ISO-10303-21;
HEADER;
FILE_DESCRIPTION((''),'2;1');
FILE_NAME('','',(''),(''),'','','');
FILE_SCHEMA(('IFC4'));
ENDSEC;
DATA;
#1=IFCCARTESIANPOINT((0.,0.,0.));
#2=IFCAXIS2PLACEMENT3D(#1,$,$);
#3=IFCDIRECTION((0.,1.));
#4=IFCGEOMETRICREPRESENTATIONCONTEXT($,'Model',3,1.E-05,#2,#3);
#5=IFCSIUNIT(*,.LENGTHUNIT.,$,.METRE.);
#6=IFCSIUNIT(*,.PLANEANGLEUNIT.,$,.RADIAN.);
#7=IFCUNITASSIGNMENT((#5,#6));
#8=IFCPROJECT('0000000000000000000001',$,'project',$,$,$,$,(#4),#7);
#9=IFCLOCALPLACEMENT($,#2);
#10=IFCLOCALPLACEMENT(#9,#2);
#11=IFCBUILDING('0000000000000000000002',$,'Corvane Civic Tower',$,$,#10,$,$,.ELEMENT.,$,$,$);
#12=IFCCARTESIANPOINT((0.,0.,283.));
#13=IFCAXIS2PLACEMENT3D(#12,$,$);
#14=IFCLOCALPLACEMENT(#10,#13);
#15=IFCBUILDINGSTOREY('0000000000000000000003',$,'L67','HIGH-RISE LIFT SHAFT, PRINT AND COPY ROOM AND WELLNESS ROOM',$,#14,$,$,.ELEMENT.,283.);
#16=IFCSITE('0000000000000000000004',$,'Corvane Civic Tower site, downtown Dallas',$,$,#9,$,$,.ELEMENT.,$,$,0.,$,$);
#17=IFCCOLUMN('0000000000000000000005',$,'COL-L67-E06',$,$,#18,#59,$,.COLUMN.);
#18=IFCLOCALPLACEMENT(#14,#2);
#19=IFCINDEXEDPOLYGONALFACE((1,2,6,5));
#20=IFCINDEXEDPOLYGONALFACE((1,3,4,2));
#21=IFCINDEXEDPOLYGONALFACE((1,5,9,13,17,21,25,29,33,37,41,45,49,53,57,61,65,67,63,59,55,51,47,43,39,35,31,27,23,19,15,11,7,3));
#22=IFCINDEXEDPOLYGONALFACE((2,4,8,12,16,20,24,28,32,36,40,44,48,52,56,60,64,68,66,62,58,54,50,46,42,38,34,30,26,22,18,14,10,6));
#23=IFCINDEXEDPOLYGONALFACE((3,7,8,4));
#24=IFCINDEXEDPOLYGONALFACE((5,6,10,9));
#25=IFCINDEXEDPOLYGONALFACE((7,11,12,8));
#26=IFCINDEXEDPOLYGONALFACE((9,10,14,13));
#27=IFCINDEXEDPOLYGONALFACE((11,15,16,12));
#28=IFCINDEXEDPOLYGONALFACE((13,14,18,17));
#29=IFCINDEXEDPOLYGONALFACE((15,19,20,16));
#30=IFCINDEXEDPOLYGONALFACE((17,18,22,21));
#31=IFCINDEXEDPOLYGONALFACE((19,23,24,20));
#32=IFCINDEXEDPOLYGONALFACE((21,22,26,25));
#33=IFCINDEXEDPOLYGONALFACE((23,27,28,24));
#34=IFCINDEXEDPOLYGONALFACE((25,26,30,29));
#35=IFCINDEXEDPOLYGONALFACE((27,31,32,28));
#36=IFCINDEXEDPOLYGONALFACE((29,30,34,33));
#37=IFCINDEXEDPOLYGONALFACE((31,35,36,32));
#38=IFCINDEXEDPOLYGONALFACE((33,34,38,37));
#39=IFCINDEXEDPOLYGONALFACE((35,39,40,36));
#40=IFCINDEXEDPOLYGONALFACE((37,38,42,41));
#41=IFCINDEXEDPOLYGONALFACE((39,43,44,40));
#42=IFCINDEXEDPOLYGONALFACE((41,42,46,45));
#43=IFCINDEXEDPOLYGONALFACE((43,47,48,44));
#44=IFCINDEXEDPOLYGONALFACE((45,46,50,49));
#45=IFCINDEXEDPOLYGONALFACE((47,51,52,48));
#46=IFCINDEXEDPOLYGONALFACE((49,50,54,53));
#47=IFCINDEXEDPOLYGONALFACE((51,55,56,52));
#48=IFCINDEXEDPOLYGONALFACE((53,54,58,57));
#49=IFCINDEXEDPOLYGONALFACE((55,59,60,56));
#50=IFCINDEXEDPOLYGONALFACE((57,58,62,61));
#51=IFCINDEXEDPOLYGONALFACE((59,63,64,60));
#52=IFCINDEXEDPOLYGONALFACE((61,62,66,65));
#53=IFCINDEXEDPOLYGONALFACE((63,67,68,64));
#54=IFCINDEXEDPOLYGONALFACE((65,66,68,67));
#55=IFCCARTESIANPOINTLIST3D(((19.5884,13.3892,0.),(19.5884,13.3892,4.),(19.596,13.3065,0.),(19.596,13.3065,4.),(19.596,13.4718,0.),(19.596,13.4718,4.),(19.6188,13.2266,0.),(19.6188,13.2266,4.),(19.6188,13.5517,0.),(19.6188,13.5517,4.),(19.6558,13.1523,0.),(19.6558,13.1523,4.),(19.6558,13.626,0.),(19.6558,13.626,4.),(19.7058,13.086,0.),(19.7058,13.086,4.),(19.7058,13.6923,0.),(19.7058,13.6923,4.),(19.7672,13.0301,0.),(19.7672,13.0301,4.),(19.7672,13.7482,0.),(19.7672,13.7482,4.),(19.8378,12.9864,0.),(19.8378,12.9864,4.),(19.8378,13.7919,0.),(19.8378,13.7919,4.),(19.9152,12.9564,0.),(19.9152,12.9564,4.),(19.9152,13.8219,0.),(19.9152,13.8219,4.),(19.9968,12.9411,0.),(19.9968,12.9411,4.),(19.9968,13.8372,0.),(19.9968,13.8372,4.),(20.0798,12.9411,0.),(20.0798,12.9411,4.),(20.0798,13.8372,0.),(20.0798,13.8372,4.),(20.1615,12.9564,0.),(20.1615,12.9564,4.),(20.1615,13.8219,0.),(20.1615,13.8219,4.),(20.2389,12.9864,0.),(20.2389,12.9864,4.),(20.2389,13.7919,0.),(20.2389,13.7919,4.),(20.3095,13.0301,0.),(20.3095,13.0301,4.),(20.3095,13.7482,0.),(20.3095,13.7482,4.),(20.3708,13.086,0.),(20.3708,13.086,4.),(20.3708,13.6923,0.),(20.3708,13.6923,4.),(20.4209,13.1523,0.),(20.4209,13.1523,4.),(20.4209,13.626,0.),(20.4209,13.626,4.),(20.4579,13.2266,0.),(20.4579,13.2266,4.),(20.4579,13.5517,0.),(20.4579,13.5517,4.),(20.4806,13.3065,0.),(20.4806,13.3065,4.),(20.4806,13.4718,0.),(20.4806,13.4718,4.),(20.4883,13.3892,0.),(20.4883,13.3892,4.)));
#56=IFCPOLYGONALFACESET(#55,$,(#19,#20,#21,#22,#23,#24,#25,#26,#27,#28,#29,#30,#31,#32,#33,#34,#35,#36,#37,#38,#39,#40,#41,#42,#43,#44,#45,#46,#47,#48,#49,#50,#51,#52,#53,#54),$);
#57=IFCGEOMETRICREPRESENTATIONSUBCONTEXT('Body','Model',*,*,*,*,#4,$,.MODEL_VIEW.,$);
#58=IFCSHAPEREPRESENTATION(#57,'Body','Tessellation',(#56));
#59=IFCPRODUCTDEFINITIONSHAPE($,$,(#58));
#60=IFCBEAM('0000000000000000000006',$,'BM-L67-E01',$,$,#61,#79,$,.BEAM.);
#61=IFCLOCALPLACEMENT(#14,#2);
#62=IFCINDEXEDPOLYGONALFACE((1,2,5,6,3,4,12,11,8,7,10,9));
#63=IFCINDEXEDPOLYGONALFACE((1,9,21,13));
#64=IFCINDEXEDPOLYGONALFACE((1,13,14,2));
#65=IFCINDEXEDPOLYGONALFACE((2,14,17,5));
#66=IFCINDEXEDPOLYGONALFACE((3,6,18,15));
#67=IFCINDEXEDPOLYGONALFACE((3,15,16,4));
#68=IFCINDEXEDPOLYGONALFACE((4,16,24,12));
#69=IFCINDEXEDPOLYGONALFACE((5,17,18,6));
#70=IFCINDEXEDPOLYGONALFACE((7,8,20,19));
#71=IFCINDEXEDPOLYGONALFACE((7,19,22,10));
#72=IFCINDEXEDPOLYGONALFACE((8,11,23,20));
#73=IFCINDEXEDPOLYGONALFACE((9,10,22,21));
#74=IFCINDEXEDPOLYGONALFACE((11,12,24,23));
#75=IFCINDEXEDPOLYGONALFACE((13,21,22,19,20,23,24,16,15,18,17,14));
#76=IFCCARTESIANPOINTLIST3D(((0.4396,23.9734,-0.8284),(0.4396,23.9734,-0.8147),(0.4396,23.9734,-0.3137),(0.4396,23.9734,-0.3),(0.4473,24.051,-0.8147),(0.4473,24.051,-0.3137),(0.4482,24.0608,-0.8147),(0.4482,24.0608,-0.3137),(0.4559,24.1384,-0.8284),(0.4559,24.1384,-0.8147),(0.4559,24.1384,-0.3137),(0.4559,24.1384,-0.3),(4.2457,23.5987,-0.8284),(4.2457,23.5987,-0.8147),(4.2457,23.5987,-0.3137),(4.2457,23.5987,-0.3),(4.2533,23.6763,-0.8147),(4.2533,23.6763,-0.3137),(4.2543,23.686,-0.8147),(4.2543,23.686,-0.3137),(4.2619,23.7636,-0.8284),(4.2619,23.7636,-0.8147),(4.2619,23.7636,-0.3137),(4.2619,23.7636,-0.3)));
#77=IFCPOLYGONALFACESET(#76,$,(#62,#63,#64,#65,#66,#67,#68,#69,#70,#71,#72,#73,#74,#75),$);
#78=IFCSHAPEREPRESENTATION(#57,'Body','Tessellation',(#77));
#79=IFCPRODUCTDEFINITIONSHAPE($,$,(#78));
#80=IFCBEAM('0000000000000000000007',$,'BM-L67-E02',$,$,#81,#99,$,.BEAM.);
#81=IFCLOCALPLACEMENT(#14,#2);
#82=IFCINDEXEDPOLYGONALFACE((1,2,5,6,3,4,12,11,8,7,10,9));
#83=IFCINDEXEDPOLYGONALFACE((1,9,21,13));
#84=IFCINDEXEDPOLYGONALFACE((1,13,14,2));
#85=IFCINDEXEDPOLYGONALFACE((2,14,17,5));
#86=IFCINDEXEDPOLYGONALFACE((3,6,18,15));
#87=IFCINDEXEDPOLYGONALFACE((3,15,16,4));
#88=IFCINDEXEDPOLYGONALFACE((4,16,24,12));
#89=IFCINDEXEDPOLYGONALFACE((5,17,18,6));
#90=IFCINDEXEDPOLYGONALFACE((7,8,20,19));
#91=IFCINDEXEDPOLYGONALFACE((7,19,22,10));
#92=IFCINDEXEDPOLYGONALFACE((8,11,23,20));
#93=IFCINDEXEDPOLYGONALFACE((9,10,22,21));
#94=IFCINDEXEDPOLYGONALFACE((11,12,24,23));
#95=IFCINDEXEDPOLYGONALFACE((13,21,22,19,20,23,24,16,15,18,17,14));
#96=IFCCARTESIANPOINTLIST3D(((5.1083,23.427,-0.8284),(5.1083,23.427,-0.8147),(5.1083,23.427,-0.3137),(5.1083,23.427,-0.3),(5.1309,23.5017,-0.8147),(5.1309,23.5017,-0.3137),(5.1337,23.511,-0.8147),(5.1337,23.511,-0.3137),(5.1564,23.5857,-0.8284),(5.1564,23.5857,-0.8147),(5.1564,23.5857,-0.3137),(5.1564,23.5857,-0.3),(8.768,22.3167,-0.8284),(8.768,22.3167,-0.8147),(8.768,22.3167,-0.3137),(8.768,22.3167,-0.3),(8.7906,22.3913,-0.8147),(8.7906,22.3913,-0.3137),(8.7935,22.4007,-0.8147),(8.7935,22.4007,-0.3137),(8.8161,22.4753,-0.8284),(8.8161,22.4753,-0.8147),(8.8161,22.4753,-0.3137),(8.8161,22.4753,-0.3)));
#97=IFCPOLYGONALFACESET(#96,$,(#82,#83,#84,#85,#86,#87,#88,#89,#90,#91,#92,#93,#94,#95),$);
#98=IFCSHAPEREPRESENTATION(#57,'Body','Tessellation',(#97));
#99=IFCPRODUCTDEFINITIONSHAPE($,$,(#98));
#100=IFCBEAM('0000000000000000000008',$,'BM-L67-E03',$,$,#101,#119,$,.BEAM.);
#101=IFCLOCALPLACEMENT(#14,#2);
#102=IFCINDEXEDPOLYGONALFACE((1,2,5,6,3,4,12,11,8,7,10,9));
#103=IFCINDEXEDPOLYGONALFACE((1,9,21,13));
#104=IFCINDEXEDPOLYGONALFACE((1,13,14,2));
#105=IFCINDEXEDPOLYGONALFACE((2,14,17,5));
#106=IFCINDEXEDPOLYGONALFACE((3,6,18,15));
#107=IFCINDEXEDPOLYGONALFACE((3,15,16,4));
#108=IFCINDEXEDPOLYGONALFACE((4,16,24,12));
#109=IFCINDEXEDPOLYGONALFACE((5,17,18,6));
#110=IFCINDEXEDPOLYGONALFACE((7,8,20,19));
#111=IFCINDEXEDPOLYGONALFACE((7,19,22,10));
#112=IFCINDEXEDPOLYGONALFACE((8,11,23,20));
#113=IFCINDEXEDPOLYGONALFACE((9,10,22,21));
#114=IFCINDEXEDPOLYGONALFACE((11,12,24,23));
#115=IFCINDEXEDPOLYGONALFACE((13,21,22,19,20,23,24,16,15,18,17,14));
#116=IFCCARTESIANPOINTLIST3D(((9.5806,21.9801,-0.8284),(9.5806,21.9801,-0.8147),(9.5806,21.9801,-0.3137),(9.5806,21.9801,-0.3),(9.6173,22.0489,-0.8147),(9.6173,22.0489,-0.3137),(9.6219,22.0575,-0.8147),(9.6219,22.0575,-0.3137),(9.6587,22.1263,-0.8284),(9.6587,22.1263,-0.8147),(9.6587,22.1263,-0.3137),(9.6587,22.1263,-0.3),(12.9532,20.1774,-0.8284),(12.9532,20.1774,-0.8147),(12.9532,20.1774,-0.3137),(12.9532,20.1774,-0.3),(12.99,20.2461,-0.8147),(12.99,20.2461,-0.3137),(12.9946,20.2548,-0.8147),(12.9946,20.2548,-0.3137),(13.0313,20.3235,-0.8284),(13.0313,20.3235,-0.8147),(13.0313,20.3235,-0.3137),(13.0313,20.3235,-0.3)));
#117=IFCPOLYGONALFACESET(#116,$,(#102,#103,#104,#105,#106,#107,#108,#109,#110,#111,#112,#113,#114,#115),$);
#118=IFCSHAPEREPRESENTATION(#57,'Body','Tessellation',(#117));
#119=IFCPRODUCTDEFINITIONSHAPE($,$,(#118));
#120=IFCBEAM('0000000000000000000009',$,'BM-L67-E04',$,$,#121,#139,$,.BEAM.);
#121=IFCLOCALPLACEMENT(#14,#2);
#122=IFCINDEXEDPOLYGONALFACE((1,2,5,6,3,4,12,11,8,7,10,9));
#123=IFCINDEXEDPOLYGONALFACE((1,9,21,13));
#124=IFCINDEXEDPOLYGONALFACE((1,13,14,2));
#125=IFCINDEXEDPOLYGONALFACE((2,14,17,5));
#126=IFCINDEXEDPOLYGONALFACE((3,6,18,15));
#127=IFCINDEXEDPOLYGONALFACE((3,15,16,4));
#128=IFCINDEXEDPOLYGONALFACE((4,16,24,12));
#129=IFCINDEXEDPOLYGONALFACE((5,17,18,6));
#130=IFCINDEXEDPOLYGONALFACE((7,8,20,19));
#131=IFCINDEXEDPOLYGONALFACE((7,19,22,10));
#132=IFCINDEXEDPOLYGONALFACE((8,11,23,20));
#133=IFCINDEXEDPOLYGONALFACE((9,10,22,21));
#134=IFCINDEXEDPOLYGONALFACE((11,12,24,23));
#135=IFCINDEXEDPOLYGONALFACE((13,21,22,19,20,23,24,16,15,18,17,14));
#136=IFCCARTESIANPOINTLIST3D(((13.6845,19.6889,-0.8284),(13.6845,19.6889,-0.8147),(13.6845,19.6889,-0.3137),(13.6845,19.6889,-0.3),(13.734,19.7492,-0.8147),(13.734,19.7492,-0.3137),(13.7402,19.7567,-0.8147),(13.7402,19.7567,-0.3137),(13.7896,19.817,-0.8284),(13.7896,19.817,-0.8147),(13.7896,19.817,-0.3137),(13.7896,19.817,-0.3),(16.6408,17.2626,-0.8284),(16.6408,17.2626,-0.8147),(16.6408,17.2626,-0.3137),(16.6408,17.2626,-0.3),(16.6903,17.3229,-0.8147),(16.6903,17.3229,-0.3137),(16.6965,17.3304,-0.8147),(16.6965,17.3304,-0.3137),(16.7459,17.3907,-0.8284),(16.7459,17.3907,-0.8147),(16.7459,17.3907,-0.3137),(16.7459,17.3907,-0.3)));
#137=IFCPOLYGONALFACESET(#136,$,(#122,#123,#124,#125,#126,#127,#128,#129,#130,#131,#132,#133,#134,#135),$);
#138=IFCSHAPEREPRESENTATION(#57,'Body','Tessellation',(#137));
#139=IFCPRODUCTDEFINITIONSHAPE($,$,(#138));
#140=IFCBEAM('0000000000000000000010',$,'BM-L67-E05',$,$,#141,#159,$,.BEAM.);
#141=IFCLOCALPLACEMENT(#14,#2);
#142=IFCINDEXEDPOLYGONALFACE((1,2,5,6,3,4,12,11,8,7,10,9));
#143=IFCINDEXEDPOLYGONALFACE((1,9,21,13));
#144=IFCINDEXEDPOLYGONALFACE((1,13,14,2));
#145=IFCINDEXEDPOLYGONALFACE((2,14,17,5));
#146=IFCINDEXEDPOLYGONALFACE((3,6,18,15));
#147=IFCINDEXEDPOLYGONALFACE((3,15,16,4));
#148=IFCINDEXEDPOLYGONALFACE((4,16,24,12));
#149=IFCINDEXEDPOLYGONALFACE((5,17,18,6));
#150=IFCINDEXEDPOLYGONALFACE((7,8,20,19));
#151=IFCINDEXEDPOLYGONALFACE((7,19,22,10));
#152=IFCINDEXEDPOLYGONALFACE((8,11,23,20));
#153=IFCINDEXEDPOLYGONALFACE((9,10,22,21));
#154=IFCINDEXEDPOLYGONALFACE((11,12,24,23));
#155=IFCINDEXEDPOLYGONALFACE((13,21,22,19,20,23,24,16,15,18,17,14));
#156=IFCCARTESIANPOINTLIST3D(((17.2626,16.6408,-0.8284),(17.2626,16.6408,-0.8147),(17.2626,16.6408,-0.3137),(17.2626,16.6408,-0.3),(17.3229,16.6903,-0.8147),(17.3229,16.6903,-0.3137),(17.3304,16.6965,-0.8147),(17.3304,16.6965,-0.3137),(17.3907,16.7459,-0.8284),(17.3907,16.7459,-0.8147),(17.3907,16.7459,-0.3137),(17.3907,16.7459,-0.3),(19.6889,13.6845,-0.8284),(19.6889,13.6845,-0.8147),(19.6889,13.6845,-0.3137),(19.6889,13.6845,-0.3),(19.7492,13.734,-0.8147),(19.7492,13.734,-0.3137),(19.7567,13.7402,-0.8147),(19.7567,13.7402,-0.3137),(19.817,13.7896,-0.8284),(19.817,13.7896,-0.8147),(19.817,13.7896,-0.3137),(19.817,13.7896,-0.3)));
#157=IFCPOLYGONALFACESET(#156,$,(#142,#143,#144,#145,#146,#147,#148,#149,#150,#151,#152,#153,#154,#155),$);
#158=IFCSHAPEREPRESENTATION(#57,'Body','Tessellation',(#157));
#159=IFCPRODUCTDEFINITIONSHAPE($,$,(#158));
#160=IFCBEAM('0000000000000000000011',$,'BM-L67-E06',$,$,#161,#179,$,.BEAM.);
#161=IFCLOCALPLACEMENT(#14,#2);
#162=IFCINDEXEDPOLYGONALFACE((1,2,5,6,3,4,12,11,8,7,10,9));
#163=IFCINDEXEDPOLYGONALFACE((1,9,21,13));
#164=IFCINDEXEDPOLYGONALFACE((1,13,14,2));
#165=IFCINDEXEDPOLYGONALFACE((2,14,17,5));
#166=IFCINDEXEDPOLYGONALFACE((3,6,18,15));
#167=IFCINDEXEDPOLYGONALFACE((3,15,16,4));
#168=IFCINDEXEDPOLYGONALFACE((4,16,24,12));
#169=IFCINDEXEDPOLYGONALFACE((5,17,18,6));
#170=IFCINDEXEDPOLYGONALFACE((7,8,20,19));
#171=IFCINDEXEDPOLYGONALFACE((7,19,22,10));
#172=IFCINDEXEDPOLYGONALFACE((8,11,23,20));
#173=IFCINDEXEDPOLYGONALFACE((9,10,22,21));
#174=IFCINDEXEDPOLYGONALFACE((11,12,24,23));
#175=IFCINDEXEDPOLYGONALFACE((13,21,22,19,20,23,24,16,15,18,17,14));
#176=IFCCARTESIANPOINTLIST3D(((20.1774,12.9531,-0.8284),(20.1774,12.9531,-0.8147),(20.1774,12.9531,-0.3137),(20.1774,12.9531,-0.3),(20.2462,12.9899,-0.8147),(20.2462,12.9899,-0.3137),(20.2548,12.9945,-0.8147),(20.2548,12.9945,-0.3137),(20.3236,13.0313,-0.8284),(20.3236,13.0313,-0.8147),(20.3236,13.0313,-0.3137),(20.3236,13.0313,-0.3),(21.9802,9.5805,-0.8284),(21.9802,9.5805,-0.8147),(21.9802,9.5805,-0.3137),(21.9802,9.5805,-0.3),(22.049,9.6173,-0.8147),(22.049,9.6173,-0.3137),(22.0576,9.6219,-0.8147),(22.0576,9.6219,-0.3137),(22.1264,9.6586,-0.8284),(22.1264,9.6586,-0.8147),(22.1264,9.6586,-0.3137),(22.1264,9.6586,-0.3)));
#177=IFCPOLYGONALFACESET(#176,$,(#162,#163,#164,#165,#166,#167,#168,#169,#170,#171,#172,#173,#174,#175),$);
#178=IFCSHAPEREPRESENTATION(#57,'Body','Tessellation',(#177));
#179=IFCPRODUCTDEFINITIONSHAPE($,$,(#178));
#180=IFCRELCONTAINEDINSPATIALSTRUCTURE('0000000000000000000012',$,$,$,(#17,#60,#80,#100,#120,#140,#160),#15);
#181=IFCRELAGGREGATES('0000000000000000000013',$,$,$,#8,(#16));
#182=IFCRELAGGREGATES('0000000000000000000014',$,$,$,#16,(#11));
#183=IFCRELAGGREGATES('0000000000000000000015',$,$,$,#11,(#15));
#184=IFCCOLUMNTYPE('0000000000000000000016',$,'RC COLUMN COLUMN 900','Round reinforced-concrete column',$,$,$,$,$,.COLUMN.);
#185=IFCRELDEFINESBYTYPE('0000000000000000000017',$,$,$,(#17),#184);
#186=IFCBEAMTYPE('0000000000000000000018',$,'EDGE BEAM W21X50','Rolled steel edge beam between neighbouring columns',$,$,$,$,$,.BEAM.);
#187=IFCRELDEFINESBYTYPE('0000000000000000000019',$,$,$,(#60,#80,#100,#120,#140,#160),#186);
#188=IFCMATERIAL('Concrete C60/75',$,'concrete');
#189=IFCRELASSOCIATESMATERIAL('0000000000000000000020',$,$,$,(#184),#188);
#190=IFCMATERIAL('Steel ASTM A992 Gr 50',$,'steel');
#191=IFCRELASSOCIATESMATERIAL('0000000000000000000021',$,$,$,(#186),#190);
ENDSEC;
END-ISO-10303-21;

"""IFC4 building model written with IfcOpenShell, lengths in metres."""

from ifc_helpers import new_model, si_unit, direction, frame, origin, origin_2d, place, context, subcontext, project, spatial, circle, i_section, extrude, material, material_profile, profile_set, type_object, element, save


model = new_model("IFC4")

# Units and contexts
model_context = context("Model", 3, precision=1e-05, world=origin(), true_north=direction((0.0, 1.0)))
body_context = subcontext(model_context, "Body", "Model", "MODEL_VIEW")
ifc_project = project(units=[si_unit("LENGTHUNIT", "METRE"), si_unit("PLANEANGLEUNIT", "RADIAN")], contexts=[model_context])

# Site, building, storey
site_placement = place(None, origin())
site = spatial("IfcSite", under=ifc_project, at=site_placement, Name="Corvane Civic Tower site, downtown Dallas", CompositionType="ELEMENT", RefElevation=0.0)
building_placement = place(site_placement, origin())
building = spatial("IfcBuilding", under=site, at=building_placement, Name="Corvane Civic Tower", CompositionType="ELEMENT")
storey_placement = place(building_placement, frame((0.0, 0.0, 283.0)))
storey = spatial("IfcBuildingStorey", under=building, at=storey_placement, Name="L67", Description="HIGH-RISE LIFT SHAFT, PRINT AND COPY ROOM AND WELLNESS ROOM", CompositionType="ELEMENT", Elevation=283.0)

# Column
ifc_material_1 = material(Name="Concrete C60/75", Category="concrete")
ifc_material_profile_1 = material_profile(ifc_material_1, circle(Radius=0.45, at=origin_2d()), Name="COLUMN 900")
ifc_profile_set_1 = profile_set([ifc_material_profile_1], Name="Concrete C60/75")
column_type = type_object("IfcColumnType", Name="RC COLUMN COLUMN 900", Description="Round reinforced-concrete column", PredefinedType="COLUMN", material=ifc_profile_set_1)
for number, where, z_axis, x_axis, name in (
    (1, (20.0383, 13.3892, 0.0), (0.0, 0.0, 1.0), (1.0, 0.0, 0.0), "COL-L67-E06"),
):
    element("IfcColumn", number, at=place(storey_placement, frame(where, z_axis=z_axis, x_axis=x_axis)), inside=storey, type_object=column_type, Name=name, PredefinedType="COLUMN", context=body_context, shape_type="SweptSolid", body=[
        extrude(circle(Radius=0.45, at=origin_2d()), origin(), (0.0, 0.0, 1.0), 4.0),
    ])

# Beams
ifc_material_2 = material(Name="Steel ASTM A992 Gr 50", Category="steel")
ifc_material_profile_2 = material_profile(ifc_material_2, i_section(OverallWidth=0.1658, OverallDepth=0.5283, WebThickness=0.0098, FlangeThickness=0.0137, at=origin_2d()), Name="W21X50")
ifc_profile_set_2 = profile_set([ifc_material_profile_2], Name="Steel ASTM A992 Gr 50")
beam_type_1 = type_object("IfcBeamType", Name="EDGE BEAM W21X50", Description="Rolled steel edge beam between neighbouring columns", PredefinedType="BEAM", material=ifc_profile_set_2)
for number, where, z_axis, x_axis, name in (
    (2, (0.4478, 24.0559, -0.5642), (0.995188, -0.097987, 0.0), (0.097987, 0.995188, 0.0), "BM-L67-E01"),
    (3, (5.1323, 23.5063, -0.5642), (0.956926, -0.290333, 0.0), (0.290333, 0.956926, 0.0), "BM-L67-E02"),
):
    element("IfcBeam", number, at=place(storey_placement, frame(where, z_axis=z_axis, x_axis=x_axis)), inside=storey, type_object=beam_type_1, Name=name, PredefinedType="BEAM", context=body_context, shape_type="SweptSolid", body=[
        extrude(i_section(OverallWidth=0.1658, OverallDepth=0.5283, WebThickness=0.0098, FlangeThickness=0.0137, at=origin_2d()), origin(), (0.0, 0.0, 1.0), 3.8245),
    ])
beam_1_placement = place(storey_placement, frame((9.6196, 22.0532, -0.5642), z_axis=(0.881914, -0.47141, 0.0), x_axis=(0.47141, 0.881914, 0.0)))
element("IfcBeam", 4, at=beam_1_placement, inside=storey, type_object=beam_type_1, Name="BM-L67-E03", PredefinedType="BEAM", context=body_context, shape_type="SweptSolid", body=[
    extrude(i_section(OverallWidth=0.1658, OverallDepth=0.5283, WebThickness=0.0098, FlangeThickness=0.0137, at=origin_2d()), origin(), (0.0, 0.0, 1.0), 3.8242),
])
for number, where, z_axis, x_axis, name in (
    (5, (13.7371, 19.7529, -0.5642), (0.772998, -0.634409, 0.0), (0.634409, 0.772998, 0.0), "BM-L67-E04"),
    (6, (17.3267, 16.6934, -0.5642), (0.634409, -0.772998, 0.0), (0.772998, 0.634409, 0.0), "BM-L67-E05"),
):
    element("IfcBeam", number, at=place(storey_placement, frame(where, z_axis=z_axis, x_axis=x_axis)), inside=storey, type_object=beam_type_1, Name=name, PredefinedType="BEAM", context=body_context, shape_type="SweptSolid", body=[
        extrude(i_section(OverallWidth=0.1658, OverallDepth=0.5283, WebThickness=0.0098, FlangeThickness=0.0137, at=origin_2d()), origin(), (0.0, 0.0, 1.0), 3.8245),
    ])
beam_2_placement = place(storey_placement, frame((20.2505, 12.9922, -0.5642), z_axis=(0.47141, -0.881914, 0.0), x_axis=(0.881914, 0.47141, 0.0)))
element("IfcBeam", 7, at=beam_2_placement, inside=storey, type_object=beam_type_1, Name="BM-L67-E06", PredefinedType="BEAM", context=body_context, shape_type="SweptSolid", body=[
    extrude(i_section(OverallWidth=0.1658, OverallDepth=0.5283, WebThickness=0.0098, FlangeThickness=0.0137, at=origin_2d()), origin(), (0.0, 0.0, 1.0), 3.8242),
])

save(model, "model.ifc")
